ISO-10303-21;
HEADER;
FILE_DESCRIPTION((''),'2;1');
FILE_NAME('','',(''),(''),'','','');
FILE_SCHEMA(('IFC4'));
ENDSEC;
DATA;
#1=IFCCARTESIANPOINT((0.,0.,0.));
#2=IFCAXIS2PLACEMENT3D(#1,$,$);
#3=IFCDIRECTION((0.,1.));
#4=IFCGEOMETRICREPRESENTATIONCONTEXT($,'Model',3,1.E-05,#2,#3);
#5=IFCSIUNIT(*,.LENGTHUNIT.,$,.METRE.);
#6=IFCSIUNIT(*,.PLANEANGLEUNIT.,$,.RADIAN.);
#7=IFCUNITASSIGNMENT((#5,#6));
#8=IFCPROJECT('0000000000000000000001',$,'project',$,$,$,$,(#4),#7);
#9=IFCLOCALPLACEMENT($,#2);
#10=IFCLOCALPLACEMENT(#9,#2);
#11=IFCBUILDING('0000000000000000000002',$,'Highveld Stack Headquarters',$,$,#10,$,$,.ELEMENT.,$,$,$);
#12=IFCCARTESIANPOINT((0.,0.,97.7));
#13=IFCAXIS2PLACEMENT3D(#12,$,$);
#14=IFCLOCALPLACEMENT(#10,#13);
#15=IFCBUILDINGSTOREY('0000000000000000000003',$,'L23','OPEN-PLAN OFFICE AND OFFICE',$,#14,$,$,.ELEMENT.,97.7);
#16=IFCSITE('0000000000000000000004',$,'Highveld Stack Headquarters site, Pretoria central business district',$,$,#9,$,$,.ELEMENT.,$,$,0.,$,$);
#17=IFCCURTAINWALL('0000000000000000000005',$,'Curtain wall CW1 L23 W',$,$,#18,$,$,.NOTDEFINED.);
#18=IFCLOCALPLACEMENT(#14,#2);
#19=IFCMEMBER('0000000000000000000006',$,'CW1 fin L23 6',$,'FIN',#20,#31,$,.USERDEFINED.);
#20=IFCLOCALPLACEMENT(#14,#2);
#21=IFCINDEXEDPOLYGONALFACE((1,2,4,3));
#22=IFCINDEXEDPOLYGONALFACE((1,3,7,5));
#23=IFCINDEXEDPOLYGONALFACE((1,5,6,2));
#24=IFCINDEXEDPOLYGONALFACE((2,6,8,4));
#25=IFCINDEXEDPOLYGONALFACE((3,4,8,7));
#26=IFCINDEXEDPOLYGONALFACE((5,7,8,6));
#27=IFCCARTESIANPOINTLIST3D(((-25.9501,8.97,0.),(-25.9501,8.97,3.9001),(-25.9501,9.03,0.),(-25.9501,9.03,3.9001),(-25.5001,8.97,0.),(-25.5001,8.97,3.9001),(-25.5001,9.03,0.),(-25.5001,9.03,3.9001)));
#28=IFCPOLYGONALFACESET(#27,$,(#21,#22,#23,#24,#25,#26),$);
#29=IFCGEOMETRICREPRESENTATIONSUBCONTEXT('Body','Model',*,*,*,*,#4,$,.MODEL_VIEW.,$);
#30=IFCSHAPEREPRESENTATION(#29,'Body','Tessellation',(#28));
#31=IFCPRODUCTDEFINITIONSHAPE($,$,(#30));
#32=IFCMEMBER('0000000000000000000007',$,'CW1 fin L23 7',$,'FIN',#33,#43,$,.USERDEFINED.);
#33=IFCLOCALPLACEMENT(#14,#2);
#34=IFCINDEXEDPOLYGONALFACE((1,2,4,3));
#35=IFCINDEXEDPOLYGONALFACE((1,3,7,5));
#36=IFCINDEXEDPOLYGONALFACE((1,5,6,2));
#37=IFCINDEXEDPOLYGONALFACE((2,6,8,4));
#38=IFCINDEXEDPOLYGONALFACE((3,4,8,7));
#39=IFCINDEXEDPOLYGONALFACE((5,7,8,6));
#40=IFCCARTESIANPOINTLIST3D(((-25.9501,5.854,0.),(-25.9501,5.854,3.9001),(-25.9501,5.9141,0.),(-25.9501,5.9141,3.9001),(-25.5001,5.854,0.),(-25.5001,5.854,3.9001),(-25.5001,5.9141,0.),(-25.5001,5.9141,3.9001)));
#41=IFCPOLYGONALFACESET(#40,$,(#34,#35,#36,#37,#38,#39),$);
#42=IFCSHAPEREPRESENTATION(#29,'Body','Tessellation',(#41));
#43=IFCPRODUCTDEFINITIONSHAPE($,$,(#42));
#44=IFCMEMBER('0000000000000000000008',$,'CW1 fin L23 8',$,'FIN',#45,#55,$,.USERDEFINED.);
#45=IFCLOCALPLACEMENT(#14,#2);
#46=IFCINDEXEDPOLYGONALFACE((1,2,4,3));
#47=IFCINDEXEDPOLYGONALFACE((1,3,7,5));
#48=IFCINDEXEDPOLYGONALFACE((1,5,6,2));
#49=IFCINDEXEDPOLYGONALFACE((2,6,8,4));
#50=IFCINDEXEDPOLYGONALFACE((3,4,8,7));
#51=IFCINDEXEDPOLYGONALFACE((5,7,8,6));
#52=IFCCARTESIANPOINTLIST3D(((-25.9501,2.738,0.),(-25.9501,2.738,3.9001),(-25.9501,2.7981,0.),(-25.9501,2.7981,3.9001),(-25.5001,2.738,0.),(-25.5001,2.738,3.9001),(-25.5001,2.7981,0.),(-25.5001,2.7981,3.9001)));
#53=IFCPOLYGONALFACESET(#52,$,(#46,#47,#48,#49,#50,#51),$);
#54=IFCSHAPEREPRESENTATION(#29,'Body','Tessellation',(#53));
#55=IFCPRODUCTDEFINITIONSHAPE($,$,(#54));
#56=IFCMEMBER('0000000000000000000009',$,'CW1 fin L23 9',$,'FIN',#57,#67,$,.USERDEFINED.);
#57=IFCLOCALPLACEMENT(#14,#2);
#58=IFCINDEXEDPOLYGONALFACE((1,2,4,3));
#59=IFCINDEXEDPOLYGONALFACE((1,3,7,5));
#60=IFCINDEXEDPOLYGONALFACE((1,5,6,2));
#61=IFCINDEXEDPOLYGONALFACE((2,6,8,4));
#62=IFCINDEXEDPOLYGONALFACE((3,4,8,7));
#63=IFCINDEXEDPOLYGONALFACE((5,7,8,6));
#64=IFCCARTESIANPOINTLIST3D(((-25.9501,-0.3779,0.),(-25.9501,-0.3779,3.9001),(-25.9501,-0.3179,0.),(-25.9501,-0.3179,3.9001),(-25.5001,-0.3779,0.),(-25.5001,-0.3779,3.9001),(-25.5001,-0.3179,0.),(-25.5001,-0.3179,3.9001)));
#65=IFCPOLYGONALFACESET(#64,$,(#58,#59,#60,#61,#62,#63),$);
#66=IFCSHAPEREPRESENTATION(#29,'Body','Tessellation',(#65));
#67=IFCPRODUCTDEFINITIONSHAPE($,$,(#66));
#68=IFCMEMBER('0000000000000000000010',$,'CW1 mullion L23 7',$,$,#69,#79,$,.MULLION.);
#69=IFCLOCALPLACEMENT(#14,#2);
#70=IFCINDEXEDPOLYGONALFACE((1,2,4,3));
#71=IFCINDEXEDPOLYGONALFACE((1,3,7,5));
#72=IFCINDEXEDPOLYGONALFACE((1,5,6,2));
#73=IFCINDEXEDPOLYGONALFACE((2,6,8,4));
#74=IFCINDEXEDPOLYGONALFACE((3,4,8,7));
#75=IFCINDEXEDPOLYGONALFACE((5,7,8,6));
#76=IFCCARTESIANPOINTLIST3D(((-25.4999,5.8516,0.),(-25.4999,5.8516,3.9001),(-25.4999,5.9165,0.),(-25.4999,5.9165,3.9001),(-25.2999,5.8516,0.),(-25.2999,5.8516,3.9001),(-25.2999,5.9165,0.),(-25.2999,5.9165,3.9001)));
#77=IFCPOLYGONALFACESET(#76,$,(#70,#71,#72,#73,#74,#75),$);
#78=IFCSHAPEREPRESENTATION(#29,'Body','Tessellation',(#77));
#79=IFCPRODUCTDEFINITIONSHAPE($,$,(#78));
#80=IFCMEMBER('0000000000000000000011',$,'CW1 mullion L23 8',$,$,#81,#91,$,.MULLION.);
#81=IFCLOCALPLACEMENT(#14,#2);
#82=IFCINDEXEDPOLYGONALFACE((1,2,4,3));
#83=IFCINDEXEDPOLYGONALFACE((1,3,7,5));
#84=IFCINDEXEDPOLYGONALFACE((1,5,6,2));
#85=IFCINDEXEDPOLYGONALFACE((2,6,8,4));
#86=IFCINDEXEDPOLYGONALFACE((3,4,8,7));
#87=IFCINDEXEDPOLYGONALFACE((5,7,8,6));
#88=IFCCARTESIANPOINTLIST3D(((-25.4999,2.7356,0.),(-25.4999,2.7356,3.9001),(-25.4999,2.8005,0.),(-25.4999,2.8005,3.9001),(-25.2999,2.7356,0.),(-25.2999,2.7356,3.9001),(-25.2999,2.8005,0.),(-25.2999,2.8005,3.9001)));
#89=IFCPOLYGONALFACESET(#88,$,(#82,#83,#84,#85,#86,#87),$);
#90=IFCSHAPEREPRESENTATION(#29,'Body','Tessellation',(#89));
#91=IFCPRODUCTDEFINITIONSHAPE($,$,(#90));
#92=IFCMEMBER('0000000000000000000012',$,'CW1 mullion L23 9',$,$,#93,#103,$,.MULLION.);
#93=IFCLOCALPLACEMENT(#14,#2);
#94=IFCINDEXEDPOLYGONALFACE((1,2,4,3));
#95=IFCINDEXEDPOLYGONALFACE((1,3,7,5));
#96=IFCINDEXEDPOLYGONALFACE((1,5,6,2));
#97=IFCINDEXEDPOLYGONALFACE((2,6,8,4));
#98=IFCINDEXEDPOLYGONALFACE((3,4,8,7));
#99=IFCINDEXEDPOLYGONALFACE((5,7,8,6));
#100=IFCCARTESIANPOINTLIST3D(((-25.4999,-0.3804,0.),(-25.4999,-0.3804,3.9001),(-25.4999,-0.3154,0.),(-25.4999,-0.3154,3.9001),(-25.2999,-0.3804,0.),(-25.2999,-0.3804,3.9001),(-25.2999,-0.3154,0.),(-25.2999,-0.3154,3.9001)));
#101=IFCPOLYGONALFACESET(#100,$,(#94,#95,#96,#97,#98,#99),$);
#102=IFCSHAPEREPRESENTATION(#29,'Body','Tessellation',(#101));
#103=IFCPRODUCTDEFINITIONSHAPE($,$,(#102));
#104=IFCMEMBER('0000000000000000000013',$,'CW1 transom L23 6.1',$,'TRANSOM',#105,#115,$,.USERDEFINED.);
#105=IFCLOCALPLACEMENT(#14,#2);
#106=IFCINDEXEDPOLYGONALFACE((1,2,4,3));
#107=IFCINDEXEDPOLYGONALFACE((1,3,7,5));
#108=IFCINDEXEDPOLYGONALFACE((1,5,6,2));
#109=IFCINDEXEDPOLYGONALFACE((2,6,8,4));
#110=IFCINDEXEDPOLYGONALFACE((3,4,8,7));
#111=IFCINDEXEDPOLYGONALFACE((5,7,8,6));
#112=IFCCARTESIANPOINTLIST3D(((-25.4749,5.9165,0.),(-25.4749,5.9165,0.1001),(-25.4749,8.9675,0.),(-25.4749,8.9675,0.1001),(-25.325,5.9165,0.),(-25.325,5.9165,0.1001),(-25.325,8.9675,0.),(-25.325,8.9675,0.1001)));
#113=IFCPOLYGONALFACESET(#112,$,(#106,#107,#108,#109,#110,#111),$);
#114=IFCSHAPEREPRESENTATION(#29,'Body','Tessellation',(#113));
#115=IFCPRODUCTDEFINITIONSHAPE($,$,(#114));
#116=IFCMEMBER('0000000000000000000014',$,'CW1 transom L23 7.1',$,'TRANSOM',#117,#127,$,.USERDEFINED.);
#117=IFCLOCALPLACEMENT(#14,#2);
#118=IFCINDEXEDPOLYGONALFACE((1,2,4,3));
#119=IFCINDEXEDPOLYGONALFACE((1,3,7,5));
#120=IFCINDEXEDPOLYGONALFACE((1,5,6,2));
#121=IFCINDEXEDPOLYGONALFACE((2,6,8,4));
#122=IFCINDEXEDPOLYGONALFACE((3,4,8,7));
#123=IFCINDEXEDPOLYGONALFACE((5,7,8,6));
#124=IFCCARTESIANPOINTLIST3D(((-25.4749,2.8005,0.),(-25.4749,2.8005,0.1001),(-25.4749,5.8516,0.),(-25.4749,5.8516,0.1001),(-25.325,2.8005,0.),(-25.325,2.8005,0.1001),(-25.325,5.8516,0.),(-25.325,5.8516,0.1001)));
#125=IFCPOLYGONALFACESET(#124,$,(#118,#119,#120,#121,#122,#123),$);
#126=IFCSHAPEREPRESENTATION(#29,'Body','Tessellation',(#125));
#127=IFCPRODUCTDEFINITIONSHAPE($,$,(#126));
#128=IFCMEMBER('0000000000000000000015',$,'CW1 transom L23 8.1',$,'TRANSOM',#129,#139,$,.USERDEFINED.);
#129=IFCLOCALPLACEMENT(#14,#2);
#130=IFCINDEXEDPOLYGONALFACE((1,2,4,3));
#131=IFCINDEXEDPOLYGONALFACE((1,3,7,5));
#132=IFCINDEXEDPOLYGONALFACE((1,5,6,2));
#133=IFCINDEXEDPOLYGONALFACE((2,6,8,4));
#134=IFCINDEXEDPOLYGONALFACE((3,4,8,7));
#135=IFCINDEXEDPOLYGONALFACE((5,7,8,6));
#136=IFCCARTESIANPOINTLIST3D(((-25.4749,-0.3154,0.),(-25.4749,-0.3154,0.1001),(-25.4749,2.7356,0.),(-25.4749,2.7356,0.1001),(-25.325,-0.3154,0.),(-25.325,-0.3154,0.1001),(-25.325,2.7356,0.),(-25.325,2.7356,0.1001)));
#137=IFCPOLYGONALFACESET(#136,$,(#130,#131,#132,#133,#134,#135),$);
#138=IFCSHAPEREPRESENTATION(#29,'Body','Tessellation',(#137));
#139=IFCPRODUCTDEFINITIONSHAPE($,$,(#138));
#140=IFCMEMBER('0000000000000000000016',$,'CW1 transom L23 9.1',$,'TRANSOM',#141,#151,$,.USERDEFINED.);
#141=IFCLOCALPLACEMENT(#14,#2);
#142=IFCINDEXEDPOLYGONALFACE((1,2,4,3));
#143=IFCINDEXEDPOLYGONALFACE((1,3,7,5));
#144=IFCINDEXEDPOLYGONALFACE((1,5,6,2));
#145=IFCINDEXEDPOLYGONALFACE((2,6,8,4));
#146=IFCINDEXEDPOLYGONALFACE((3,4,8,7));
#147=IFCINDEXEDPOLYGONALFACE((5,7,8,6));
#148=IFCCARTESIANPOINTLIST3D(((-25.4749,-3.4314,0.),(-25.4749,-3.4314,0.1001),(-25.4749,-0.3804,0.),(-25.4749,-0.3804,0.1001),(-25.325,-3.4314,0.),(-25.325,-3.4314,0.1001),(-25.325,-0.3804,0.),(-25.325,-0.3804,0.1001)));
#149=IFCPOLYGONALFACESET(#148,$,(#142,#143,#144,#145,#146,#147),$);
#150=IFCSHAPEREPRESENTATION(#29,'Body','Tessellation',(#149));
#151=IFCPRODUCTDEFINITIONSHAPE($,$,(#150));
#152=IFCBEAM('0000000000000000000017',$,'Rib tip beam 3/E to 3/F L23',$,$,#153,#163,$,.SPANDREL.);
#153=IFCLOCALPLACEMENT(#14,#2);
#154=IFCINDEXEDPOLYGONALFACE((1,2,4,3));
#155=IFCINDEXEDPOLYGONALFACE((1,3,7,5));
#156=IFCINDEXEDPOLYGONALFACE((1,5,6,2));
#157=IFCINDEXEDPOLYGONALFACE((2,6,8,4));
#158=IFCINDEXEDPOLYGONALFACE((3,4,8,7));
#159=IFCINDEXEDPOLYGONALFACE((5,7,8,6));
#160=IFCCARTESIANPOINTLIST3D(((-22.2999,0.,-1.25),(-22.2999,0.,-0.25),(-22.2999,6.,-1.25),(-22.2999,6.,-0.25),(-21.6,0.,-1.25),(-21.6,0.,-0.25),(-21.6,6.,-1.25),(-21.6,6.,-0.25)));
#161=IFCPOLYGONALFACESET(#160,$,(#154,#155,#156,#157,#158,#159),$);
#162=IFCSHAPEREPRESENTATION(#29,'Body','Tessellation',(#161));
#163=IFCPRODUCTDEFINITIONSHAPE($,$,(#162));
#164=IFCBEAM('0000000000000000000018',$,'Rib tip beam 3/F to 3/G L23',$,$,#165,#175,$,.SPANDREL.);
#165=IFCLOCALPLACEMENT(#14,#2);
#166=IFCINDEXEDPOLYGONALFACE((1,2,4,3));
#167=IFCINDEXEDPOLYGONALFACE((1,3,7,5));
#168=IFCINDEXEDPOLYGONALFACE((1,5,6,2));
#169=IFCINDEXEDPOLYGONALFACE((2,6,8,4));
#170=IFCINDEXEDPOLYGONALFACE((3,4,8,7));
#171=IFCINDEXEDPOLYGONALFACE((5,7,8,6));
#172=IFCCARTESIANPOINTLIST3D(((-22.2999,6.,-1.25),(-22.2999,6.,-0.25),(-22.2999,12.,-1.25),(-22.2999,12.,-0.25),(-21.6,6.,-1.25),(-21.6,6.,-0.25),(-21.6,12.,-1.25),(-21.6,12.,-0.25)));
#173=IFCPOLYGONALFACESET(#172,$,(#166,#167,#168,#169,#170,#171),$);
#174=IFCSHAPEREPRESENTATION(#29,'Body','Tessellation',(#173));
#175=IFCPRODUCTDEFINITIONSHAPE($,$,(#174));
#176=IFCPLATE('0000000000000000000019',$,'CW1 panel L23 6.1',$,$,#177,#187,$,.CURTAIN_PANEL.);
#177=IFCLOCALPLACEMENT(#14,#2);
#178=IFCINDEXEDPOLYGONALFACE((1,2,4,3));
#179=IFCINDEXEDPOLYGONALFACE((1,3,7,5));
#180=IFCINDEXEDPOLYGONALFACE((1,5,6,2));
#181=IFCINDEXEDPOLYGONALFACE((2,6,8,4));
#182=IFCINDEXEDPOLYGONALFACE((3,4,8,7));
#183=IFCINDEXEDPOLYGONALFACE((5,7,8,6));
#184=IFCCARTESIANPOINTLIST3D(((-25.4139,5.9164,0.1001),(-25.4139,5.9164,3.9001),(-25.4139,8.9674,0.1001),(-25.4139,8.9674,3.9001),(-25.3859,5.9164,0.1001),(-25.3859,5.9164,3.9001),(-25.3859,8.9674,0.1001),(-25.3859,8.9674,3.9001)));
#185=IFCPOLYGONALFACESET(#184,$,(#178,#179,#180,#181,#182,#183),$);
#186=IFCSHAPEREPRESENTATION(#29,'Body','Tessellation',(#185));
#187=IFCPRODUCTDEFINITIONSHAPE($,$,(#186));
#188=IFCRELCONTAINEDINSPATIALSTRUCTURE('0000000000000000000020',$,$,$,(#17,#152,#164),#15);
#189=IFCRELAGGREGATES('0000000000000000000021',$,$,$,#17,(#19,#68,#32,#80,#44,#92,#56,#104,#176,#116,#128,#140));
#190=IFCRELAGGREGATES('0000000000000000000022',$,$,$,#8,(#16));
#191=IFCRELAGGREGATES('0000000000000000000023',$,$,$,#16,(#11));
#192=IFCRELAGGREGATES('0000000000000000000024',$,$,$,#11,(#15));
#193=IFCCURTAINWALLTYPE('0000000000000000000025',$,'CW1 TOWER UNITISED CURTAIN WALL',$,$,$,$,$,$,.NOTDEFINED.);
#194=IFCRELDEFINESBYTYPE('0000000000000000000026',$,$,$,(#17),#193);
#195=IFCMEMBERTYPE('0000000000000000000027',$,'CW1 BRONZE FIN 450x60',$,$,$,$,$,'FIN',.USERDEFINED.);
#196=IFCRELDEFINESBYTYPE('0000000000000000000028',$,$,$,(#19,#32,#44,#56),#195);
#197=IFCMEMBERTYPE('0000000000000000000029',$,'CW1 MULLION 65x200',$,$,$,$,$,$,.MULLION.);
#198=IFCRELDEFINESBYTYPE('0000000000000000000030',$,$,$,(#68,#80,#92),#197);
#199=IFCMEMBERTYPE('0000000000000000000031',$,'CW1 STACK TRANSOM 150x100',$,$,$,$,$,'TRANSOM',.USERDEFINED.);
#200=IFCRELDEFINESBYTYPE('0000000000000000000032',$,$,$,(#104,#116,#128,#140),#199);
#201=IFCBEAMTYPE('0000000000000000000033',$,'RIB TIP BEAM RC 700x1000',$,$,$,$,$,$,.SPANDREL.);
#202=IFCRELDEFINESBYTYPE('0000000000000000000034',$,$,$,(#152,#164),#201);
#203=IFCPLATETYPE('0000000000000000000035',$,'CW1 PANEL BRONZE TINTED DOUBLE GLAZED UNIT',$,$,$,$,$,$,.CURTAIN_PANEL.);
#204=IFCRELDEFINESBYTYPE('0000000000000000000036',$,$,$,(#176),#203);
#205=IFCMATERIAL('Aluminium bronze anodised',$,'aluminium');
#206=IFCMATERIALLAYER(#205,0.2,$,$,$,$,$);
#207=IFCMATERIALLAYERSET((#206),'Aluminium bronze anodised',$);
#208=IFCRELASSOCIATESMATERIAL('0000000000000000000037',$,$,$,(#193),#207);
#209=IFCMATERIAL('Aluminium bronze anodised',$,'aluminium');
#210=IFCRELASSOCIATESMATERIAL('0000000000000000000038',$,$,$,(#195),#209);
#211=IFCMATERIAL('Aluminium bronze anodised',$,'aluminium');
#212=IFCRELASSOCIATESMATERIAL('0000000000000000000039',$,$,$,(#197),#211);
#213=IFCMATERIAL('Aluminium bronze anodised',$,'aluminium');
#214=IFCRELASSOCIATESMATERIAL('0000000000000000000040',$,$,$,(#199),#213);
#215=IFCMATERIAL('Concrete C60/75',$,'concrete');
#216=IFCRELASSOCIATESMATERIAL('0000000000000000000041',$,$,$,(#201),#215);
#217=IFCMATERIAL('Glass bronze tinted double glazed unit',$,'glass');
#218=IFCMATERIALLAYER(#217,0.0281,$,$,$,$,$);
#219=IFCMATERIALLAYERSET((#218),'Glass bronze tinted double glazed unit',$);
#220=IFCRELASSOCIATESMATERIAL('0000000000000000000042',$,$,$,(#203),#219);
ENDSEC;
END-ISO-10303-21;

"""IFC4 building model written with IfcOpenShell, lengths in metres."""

from ifc_helpers import new_model, si_unit, direction, frame, origin, origin_2d, place, context, subcontext, project, spatial, rectangle, extrude, material, layer, layer_set, material_profile, profile_set, type_object, element, aggregate, save


model = new_model("IFC4")

# Units and contexts
model_context = context("Model", 3, precision=1e-05, world=origin(), true_north=direction((0.0, 1.0)))
body_context = subcontext(model_context, "Body", "Model", "MODEL_VIEW")
ifc_project = project(units=[si_unit("LENGTHUNIT", "METRE"), si_unit("PLANEANGLEUNIT", "RADIAN")], contexts=[model_context])

# Site, building, storey
site_placement = place(None, origin())
site = spatial("IfcSite", under=ifc_project, at=site_placement, Name="Highveld Stack Headquarters site, Pretoria central business district", CompositionType="ELEMENT", RefElevation=0.0)
building_placement = place(site_placement, origin())
building = spatial("IfcBuilding", under=site, at=building_placement, Name="Highveld Stack Headquarters", CompositionType="ELEMENT")
storey_placement = place(building_placement, frame((0.0, 0.0, 97.7)))
storey = spatial("IfcBuildingStorey", under=building, at=storey_placement, Name="L23", Description="OPEN-PLAN OFFICE AND OFFICE", CompositionType="ELEMENT", Elevation=97.7)

# Curtain wall, members
ifc_material_1 = material(Name="Aluminium bronze anodised", Category="aluminium")
ifc_layer_1 = layer(ifc_material_1, 0.2)
ifc_layer_set_1 = layer_set([ifc_layer_1], Name="Aluminium bronze anodised")
curtain_wall_type = type_object("IfcCurtainWallType", Name="CW1 TOWER UNITISED CURTAIN WALL", PredefinedType="NOTDEFINED", material=ifc_layer_set_1)
curtain_wall_placement = place(storey_placement, origin())
curtain_wall = element("IfcCurtainWall", 1, at=curtain_wall_placement, inside=storey, type_object=curtain_wall_type, Name="Curtain wall CW1 L23 W", PredefinedType="NOTDEFINED")
ifc_material_2 = material(Name="Aluminium bronze anodised", Category="aluminium")
ifc_material_profile_1 = material_profile(ifc_material_2, rectangle(XDim=0.45, YDim=0.0601, at=origin_2d()), Name="FIN 450x60")
ifc_profile_set_1 = profile_set([ifc_material_profile_1], Name="Aluminium bronze anodised")
member_type_1 = type_object("IfcMemberType", Name="CW1 BRONZE FIN 450x60", ElementType="FIN", PredefinedType="USERDEFINED", material=ifc_profile_set_1)
member_1_placement = place(storey_placement, frame((-25.7251, 9.0, 0.0), z_axis=(0.0, 0.0, 1.0), x_axis=(1.0, 0.0, 0.0)))
member_1 = element("IfcMember", 2, at=member_1_placement, type_object=member_type_1, Name="CW1 fin L23 6", ObjectType="FIN", PredefinedType="USERDEFINED", context=body_context, shape_type="SweptSolid", body=[
    extrude(rectangle(XDim=0.45, YDim=0.0601, at=origin_2d()), origin(), (0.0, 0.0, 1.0), 3.9001),
])
member_2_placement = place(storey_placement, frame((-25.7251, 5.884, 0.0), z_axis=(0.0, 0.0, 1.0), x_axis=(1.0, 0.0, 0.0)))
member_2 = element("IfcMember", 3, at=member_2_placement, type_object=member_type_1, Name="CW1 fin L23 7", ObjectType="FIN", PredefinedType="USERDEFINED", context=body_context, shape_type="SweptSolid", body=[
    extrude(rectangle(XDim=0.45, YDim=0.0601, at=origin_2d()), origin(), (0.0, 0.0, 1.0), 3.9001),
])
member_3_placement = place(storey_placement, frame((-25.7251, 2.7681, 0.0), z_axis=(0.0, 0.0, 1.0), x_axis=(1.0, 0.0, 0.0)))
member_3 = element("IfcMember", 4, at=member_3_placement, type_object=member_type_1, Name="CW1 fin L23 8", ObjectType="FIN", PredefinedType="USERDEFINED", context=body_context, shape_type="SweptSolid", body=[
    extrude(rectangle(XDim=0.45, YDim=0.0601, at=origin_2d()), origin(), (0.0, 0.0, 1.0), 3.9001),
])
member_4_placement = place(storey_placement, frame((-25.7251, -0.3479, 0.0), z_axis=(0.0, 0.0, 1.0), x_axis=(1.0, 0.0, 0.0)))
member_4 = element("IfcMember", 5, at=member_4_placement, type_object=member_type_1, Name="CW1 fin L23 9", ObjectType="FIN", PredefinedType="USERDEFINED", context=body_context, shape_type="SweptSolid", body=[
    extrude(rectangle(XDim=0.45, YDim=0.0601, at=origin_2d()), origin(), (0.0, 0.0, 1.0), 3.9001),
])
ifc_material_3 = material(Name="Aluminium bronze anodised", Category="aluminium")
ifc_material_profile_2 = material_profile(ifc_material_3, rectangle(XDim=0.2, YDim=0.0649, at=origin_2d()), Name="CW1 MULLION 65x200")
ifc_profile_set_2 = profile_set([ifc_material_profile_2], Name="Aluminium bronze anodised")
member_type_2 = type_object("IfcMemberType", Name="CW1 MULLION 65x200", PredefinedType="MULLION", material=ifc_profile_set_2)
member_5_placement = place(storey_placement, frame((-25.3999, 5.884, 0.0), z_axis=(0.0, 0.0, 1.0), x_axis=(1.0, 0.0, 0.0)))
member_5 = element("IfcMember", 6, at=member_5_placement, type_object=member_type_2, Name="CW1 mullion L23 7", PredefinedType="MULLION", context=body_context, shape_type="SweptSolid", body=[
    extrude(rectangle(XDim=0.2, YDim=0.0649, at=origin_2d()), origin(), (0.0, 0.0, 1.0), 3.9001),
])
member_6_placement = place(storey_placement, frame((-25.3999, 2.7681, 0.0), z_axis=(0.0, 0.0, 1.0), x_axis=(1.0, 0.0, 0.0)))
member_6 = element("IfcMember", 7, at=member_6_placement, type_object=member_type_2, Name="CW1 mullion L23 8", PredefinedType="MULLION", context=body_context, shape_type="SweptSolid", body=[
    extrude(rectangle(XDim=0.2, YDim=0.0649, at=origin_2d()), origin(), (0.0, 0.0, 1.0), 3.9001),
])
member_7_placement = place(storey_placement, frame((-25.3999, -0.3479, 0.0), z_axis=(0.0, 0.0, 1.0), x_axis=(1.0, 0.0, 0.0)))
member_7 = element("IfcMember", 8, at=member_7_placement, type_object=member_type_2, Name="CW1 mullion L23 9", PredefinedType="MULLION", context=body_context, shape_type="SweptSolid", body=[
    extrude(rectangle(XDim=0.2, YDim=0.0649, at=origin_2d()), origin(), (0.0, 0.0, 1.0), 3.9001),
])
ifc_material_4 = material(Name="Aluminium bronze anodised", Category="aluminium")
ifc_material_profile_3 = material_profile(ifc_material_4, rectangle(XDim=0.1499, YDim=0.1001, at=origin_2d()), Name="CW1 TRANSOM 150x100")
ifc_profile_set_3 = profile_set([ifc_material_profile_3], Name="Aluminium bronze anodised")
member_type_3 = type_object("IfcMemberType", Name="CW1 STACK TRANSOM 150x100", ElementType="TRANSOM", PredefinedType="USERDEFINED", material=ifc_profile_set_3)
member_8_placement = place(storey_placement, frame((-25.3999, 8.9675, 0.05), z_axis=(0.0, -1.0, 0.0), x_axis=(1.0, 0.0, 0.0)))
member_8 = element("IfcMember", 9, at=member_8_placement, type_object=member_type_3, Name="CW1 transom L23 6.1", ObjectType="TRANSOM", PredefinedType="USERDEFINED", context=body_context, shape_type="SweptSolid", body=[
    extrude(rectangle(XDim=0.1499, YDim=0.1001, at=origin_2d()), origin(), (0.0, 0.0, 1.0), 3.051),
])
member_9_placement = place(storey_placement, frame((-25.3999, 5.8516, 0.05), z_axis=(0.0, -1.0, 0.0), x_axis=(1.0, 0.0, 0.0)))
member_9 = element("IfcMember", 10, at=member_9_placement, type_object=member_type_3, Name="CW1 transom L23 7.1", ObjectType="TRANSOM", PredefinedType="USERDEFINED", context=body_context, shape_type="SweptSolid", body=[
    extrude(rectangle(XDim=0.1499, YDim=0.1001, at=origin_2d()), origin(), (0.0, 0.0, 1.0), 3.051),
])
member_10_placement = place(storey_placement, frame((-25.3999, 2.7356, 0.05), z_axis=(0.0, -1.0, 0.0), x_axis=(1.0, 0.0, 0.0)))
member_10 = element("IfcMember", 11, at=member_10_placement, type_object=member_type_3, Name="CW1 transom L23 8.1", ObjectType="TRANSOM", PredefinedType="USERDEFINED", context=body_context, shape_type="SweptSolid", body=[
    extrude(rectangle(XDim=0.1499, YDim=0.1001, at=origin_2d()), origin(), (0.0, 0.0, 1.0), 3.051),
])
member_11_placement = place(storey_placement, frame((-25.3999, -0.3804, 0.05), z_axis=(0.0, -1.0, 0.0), x_axis=(1.0, 0.0, 0.0)))
member_11 = element("IfcMember", 12, at=member_11_placement, type_object=member_type_3, Name="CW1 transom L23 9.1", ObjectType="TRANSOM", PredefinedType="USERDEFINED", context=body_context, shape_type="SweptSolid", body=[
    extrude(rectangle(XDim=0.1499, YDim=0.1001, at=origin_2d()), origin(), (0.0, 0.0, 1.0), 3.051),
])

# Beams
ifc_material_5 = material(Name="Concrete C60/75", Category="concrete")
ifc_material_profile_4 = material_profile(ifc_material_5, rectangle(XDim=0.7, YDim=1.0, at=origin_2d()), Name="RC 700x1000")
ifc_profile_set_4 = profile_set([ifc_material_profile_4], Name="Concrete C60/75")
beam_type = type_object("IfcBeamType", Name="RIB TIP BEAM RC 700x1000", PredefinedType="SPANDREL", material=ifc_profile_set_4)
for number, where, z_axis, x_axis, name in (
    (13, (-21.95, 0.0, -0.75), (0.0, 1.0, 0.0), (-1.0, 0.0, 0.0), "Rib tip beam 3/E to 3/F L23"),
    (14, (-21.95, 6.0, -0.75), (0.0, 1.0, 0.0), (-1.0, 0.0, 0.0), "Rib tip beam 3/F to 3/G L23"),
):
    element("IfcBeam", number, at=place(storey_placement, frame(where, z_axis=z_axis, x_axis=x_axis)), inside=storey, type_object=beam_type, Name=name, PredefinedType="SPANDREL", context=body_context, shape_type="SweptSolid", body=[
        extrude(rectangle(XDim=0.7, YDim=1.0, at=origin_2d()), origin(), (0.0, 0.0, 1.0), 6.0),
    ])

# Plate
ifc_material_6 = material(Name="Glass bronze tinted double glazed unit", Category="glass")
ifc_layer_2 = layer(ifc_material_6, 0.0281)
ifc_layer_set_2 = layer_set([ifc_layer_2], Name="Glass bronze tinted double glazed unit")
plate_type = type_object("IfcPlateType", Name="CW1 PANEL BRONZE TINTED DOUBLE GLAZED UNIT", PredefinedType="CURTAIN_PANEL", material=ifc_layer_set_2)
plate_1_placement = place(storey_placement, frame((-25.3999, 7.4419, 0.1001), z_axis=(0.0, 0.0, 1.0), x_axis=(0.0, -1.0, 0.0)))
plate_1 = element("IfcPlate", 15, at=plate_1_placement, type_object=plate_type, Name="CW1 panel L23 6.1", PredefinedType="CURTAIN_PANEL", context=body_context, shape_type="SweptSolid", body=[
    extrude(rectangle(XDim=3.051, YDim=0.0281, at=origin_2d()), origin(), (0.0, 0.0, 1.0), 3.8),
])
aggregate(curtain_wall, [member_1, member_5, member_2, member_6, member_3, member_7, member_4, member_8, plate_1, member_9, member_10, member_11])

save(model, "model.ifc")
